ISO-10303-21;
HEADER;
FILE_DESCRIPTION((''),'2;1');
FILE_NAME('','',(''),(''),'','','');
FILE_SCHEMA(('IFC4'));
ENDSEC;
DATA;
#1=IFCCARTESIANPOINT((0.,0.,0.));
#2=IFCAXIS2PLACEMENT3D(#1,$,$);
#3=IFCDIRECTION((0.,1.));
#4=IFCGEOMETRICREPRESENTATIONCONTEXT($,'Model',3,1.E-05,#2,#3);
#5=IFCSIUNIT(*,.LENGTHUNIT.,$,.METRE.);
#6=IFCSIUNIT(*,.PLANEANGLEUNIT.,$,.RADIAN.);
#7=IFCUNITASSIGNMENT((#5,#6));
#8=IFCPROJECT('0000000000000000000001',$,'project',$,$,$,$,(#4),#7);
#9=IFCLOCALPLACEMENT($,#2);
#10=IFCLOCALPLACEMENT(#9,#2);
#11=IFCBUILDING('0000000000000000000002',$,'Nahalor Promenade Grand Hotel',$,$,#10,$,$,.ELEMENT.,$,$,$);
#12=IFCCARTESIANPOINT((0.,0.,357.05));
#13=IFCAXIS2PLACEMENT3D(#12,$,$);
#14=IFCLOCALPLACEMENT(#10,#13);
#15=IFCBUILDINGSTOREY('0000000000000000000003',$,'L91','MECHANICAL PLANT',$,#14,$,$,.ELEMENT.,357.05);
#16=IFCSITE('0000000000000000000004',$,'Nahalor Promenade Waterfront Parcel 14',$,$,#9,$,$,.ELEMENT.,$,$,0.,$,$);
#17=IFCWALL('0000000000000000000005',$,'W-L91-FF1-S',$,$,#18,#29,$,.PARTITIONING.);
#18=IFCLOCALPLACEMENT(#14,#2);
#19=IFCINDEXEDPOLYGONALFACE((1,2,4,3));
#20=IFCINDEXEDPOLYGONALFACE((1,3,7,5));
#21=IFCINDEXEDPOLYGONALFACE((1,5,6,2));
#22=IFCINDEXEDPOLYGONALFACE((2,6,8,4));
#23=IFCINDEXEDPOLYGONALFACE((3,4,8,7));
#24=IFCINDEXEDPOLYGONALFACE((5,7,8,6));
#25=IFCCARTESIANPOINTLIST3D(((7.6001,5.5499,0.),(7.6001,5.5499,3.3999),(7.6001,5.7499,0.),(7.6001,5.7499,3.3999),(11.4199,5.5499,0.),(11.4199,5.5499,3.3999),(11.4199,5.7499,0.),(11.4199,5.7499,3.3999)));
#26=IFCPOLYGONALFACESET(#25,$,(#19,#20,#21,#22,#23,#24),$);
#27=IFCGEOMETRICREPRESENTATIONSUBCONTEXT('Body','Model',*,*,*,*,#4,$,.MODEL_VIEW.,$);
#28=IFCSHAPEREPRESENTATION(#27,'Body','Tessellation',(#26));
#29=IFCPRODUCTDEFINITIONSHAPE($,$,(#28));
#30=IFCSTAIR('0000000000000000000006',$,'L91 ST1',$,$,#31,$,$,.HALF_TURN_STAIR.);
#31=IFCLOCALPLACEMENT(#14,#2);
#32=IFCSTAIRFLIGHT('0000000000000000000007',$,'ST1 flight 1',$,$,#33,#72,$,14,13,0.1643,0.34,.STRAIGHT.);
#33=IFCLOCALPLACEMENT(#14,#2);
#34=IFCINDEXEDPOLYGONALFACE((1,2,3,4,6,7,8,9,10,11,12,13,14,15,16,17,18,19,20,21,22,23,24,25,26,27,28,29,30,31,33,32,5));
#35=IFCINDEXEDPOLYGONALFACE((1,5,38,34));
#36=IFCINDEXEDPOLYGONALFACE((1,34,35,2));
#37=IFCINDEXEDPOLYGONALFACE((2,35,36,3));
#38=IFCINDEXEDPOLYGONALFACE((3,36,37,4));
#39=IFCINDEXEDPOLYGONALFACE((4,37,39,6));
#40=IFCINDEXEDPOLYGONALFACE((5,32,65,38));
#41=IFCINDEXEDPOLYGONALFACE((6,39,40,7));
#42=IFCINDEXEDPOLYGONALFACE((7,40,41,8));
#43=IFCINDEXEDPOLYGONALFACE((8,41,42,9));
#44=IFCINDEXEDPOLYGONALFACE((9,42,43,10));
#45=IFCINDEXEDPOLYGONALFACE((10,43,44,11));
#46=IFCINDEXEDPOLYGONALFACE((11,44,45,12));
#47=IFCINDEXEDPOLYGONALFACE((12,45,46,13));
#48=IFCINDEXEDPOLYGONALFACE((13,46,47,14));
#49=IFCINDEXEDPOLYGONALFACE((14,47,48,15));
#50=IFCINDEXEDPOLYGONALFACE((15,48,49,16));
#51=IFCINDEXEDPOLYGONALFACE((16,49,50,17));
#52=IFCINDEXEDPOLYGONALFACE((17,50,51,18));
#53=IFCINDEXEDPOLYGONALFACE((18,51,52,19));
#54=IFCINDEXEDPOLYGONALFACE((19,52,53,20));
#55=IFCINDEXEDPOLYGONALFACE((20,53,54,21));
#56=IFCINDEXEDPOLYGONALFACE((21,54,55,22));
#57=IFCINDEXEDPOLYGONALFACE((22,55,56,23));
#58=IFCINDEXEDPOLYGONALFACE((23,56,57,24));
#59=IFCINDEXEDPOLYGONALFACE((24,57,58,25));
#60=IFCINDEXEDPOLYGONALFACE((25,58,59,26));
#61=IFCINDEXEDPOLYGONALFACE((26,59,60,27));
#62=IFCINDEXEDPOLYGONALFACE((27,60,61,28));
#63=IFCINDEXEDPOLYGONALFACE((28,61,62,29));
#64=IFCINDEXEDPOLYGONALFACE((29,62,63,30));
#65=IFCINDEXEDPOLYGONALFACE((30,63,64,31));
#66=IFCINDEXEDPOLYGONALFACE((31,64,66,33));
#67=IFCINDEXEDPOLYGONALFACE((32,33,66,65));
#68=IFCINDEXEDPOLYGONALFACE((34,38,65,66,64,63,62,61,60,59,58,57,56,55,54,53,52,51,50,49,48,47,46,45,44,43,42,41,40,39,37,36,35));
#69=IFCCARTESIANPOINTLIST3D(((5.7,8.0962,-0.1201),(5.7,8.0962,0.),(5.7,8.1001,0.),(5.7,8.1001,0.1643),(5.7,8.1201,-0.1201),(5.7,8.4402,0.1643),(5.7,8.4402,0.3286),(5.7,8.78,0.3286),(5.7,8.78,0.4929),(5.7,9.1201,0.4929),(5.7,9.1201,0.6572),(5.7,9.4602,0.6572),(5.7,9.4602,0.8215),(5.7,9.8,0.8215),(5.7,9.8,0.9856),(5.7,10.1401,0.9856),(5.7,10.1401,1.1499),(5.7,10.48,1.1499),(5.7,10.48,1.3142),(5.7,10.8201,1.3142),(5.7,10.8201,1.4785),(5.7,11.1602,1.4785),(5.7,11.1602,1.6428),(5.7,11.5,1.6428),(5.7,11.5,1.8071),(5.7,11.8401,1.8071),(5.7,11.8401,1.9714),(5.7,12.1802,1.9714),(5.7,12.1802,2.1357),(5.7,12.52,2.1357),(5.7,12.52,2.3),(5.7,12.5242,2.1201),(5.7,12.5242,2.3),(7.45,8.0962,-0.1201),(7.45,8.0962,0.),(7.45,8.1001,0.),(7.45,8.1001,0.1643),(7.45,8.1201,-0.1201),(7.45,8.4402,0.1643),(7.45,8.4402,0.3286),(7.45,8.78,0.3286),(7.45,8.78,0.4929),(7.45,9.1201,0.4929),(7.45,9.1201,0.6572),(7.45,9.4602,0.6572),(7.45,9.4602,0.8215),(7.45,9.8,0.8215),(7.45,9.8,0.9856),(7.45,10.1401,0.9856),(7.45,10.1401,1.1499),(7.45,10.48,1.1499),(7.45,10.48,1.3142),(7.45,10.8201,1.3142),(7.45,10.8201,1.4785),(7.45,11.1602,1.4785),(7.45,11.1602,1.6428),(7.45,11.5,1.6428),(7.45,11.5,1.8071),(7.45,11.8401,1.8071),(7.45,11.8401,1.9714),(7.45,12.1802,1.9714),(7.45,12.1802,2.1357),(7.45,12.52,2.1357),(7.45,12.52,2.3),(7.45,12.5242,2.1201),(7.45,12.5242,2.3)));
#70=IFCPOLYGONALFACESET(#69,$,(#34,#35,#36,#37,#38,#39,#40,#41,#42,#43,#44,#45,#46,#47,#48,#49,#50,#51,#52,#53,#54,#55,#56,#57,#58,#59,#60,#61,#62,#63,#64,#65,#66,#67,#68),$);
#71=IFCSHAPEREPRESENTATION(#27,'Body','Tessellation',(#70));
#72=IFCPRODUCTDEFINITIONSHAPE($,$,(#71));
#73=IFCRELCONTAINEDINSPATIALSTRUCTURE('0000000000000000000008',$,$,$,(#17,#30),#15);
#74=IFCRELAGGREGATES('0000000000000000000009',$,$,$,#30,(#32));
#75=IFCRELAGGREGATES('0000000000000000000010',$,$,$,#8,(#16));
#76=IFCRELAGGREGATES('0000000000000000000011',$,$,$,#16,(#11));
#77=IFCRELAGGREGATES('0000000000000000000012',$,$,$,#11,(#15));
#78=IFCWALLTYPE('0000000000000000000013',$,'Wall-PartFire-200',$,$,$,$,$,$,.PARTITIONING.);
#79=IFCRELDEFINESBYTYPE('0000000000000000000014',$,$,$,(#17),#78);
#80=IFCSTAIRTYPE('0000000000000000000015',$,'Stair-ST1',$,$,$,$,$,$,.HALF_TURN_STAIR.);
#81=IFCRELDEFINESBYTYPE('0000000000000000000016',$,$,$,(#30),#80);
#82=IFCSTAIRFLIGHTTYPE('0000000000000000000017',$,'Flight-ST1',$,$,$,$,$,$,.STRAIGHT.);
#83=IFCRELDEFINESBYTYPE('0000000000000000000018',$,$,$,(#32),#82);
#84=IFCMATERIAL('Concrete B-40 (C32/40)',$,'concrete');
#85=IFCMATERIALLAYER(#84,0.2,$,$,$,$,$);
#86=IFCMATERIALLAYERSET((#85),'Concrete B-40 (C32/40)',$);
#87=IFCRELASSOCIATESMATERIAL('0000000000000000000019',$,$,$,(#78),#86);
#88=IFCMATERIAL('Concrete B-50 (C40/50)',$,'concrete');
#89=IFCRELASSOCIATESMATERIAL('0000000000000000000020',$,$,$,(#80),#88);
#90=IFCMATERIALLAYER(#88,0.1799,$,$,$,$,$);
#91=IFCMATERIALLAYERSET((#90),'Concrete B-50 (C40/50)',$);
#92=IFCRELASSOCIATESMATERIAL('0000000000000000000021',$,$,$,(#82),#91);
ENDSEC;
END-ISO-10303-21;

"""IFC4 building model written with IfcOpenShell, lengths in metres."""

from ifc_helpers import new_model, si_unit, direction, frame, frame_2d, origin, place, context, subcontext, project, spatial, polyline, rectangle, outline, extrude, source, transform, mapped, material, layer, layer_set, type_object, element, aggregate, save


model = new_model("IFC4")

# Units and contexts
model_context = context("Model", 3, precision=1e-05, world=origin(), true_north=direction((0.0, 1.0)))
body_context = subcontext(model_context, "Body", "Model", "MODEL_VIEW")
ifc_project = project(units=[si_unit("LENGTHUNIT", "METRE"), si_unit("PLANEANGLEUNIT", "RADIAN")], contexts=[model_context])

# Site, building, storey
site_placement = place(None, origin())
site = spatial("IfcSite", under=ifc_project, at=site_placement, Name="Nahalor Promenade Waterfront Parcel 14", CompositionType="ELEMENT", RefElevation=0.0)
building_placement = place(site_placement, origin())
building = spatial("IfcBuilding", under=site, at=building_placement, Name="Nahalor Promenade Grand Hotel", CompositionType="ELEMENT")
storey_placement = place(building_placement, frame((0.0, 0.0, 357.05)))
storey = spatial("IfcBuildingStorey", under=building, at=storey_placement, Name="L91", Description="MECHANICAL PLANT", CompositionType="ELEMENT", Elevation=357.05)

# Shared definitions
ifc_material_1 = material(Name="Concrete B-50 (C40/50)", Category="concrete")

# Wall
ifc_material_2 = material(Name="Concrete B-40 (C32/40)", Category="concrete")
ifc_layer_1 = layer(ifc_material_2, 0.2)
ifc_layer_set_1 = layer_set([ifc_layer_1], Name="Concrete B-40 (C32/40)")
wall_type_1 = type_object("IfcWallType", Name="Wall-PartFire-200", PredefinedType="PARTITIONING", material=ifc_layer_set_1)
shared_shape_1 = source(origin(), body_context, "Body", "SweptSolid", [
    extrude(rectangle(XDim=3.8198, YDim=0.2, at=frame_2d((1.9099, 0.0))), origin(), (0.0, 0.0, 1.0), 3.3999),
])
wall_1_placement = place(storey_placement, frame((7.6001, 5.6499, 0.0), z_axis=(0.0, 0.0, 1.0), x_axis=(1.0, 0.0, 0.0)))
element("IfcWall", 1, at=wall_1_placement, inside=storey, type_object=wall_type_1, Name="W-L91-FF1-S", PredefinedType="PARTITIONING", context=body_context, shape_type="MappedRepresentation", body=[
    mapped(shared_shape_1, transform((0.0, 0.0, 0.0), scale=1.0)),
])

# Stair, stair flight
stair_type = type_object("IfcStairType", Name="Stair-ST1", PredefinedType="HALF_TURN_STAIR", material=ifc_material_1)
stair_placement = place(storey_placement, origin())
stair = element("IfcStair", 2, at=stair_placement, inside=storey, type_object=stair_type, Name="L91 ST1", PredefinedType="HALF_TURN_STAIR")
ifc_layer_2 = layer(ifc_material_1, 0.1799)
ifc_layer_set_2 = layer_set([ifc_layer_2], Name="Concrete B-50 (C40/50)")
stair_flight_type = type_object("IfcStairFlightType", Name="Flight-ST1", PredefinedType="STRAIGHT", material=ifc_layer_set_2)
shared_shape_2 = source(origin(), body_context, "Body", "SweptSolid", [
    extrude(outline(polyline([(-0.0039, -0.1201), (-0.0039, 0.0), (0.0, 0.0), (0.0, 0.1643), (0.3401, 0.1643), (0.3401, 0.3286), (0.6799, 0.3286), (0.6799, 0.4929), (1.02, 0.4929), (1.02, 0.6572), (1.3601, 0.6572), (1.3601, 0.8215), (1.7, 0.8215), (1.7, 0.9856), (2.04, 0.9856), (2.04, 1.1499), (2.3799, 1.1499), (2.3799, 1.3142), (2.72, 1.3142), (2.72, 1.4785), (3.0601, 1.4785), (3.0601, 1.6428), (3.3999, 1.6428), (3.3999, 1.8071), (3.74, 1.8071), (3.74, 1.9714), (4.0801, 1.9714), (4.0801, 2.1357), (4.4199, 2.1357), (4.4199, 2.3), (4.4241, 2.3), (4.4241, 2.1201), (0.02, -0.1201), (-0.0039, -0.1201)])), frame((0.0, 0.875, 0.0), z_axis=(0.0, -1.0, 0.0), x_axis=(1.0, 0.0, 0.0)), (0.0, 0.0, 1.0), 1.75),
])
stair_flight_placement = place(storey_placement, frame((6.575, 8.1001, 0.0), z_axis=(0.0, 0.0, 1.0), x_axis=(0.0, 1.0, 0.0)))
stair_flight = element("IfcStairFlight", 3, at=stair_flight_placement, type_object=stair_flight_type, Name="ST1 flight 1", NumberOfRisers=14, NumberOfTreads=13, PredefinedType="STRAIGHT", RiserHeight=0.1643, TreadLength=0.34, context=body_context, shape_type="MappedRepresentation", body=[
    mapped(shared_shape_2, transform((0.0, 0.0, 0.0), scale=1.0)),
])
aggregate(stair, [stair_flight])

save(model, "model.ifc")
